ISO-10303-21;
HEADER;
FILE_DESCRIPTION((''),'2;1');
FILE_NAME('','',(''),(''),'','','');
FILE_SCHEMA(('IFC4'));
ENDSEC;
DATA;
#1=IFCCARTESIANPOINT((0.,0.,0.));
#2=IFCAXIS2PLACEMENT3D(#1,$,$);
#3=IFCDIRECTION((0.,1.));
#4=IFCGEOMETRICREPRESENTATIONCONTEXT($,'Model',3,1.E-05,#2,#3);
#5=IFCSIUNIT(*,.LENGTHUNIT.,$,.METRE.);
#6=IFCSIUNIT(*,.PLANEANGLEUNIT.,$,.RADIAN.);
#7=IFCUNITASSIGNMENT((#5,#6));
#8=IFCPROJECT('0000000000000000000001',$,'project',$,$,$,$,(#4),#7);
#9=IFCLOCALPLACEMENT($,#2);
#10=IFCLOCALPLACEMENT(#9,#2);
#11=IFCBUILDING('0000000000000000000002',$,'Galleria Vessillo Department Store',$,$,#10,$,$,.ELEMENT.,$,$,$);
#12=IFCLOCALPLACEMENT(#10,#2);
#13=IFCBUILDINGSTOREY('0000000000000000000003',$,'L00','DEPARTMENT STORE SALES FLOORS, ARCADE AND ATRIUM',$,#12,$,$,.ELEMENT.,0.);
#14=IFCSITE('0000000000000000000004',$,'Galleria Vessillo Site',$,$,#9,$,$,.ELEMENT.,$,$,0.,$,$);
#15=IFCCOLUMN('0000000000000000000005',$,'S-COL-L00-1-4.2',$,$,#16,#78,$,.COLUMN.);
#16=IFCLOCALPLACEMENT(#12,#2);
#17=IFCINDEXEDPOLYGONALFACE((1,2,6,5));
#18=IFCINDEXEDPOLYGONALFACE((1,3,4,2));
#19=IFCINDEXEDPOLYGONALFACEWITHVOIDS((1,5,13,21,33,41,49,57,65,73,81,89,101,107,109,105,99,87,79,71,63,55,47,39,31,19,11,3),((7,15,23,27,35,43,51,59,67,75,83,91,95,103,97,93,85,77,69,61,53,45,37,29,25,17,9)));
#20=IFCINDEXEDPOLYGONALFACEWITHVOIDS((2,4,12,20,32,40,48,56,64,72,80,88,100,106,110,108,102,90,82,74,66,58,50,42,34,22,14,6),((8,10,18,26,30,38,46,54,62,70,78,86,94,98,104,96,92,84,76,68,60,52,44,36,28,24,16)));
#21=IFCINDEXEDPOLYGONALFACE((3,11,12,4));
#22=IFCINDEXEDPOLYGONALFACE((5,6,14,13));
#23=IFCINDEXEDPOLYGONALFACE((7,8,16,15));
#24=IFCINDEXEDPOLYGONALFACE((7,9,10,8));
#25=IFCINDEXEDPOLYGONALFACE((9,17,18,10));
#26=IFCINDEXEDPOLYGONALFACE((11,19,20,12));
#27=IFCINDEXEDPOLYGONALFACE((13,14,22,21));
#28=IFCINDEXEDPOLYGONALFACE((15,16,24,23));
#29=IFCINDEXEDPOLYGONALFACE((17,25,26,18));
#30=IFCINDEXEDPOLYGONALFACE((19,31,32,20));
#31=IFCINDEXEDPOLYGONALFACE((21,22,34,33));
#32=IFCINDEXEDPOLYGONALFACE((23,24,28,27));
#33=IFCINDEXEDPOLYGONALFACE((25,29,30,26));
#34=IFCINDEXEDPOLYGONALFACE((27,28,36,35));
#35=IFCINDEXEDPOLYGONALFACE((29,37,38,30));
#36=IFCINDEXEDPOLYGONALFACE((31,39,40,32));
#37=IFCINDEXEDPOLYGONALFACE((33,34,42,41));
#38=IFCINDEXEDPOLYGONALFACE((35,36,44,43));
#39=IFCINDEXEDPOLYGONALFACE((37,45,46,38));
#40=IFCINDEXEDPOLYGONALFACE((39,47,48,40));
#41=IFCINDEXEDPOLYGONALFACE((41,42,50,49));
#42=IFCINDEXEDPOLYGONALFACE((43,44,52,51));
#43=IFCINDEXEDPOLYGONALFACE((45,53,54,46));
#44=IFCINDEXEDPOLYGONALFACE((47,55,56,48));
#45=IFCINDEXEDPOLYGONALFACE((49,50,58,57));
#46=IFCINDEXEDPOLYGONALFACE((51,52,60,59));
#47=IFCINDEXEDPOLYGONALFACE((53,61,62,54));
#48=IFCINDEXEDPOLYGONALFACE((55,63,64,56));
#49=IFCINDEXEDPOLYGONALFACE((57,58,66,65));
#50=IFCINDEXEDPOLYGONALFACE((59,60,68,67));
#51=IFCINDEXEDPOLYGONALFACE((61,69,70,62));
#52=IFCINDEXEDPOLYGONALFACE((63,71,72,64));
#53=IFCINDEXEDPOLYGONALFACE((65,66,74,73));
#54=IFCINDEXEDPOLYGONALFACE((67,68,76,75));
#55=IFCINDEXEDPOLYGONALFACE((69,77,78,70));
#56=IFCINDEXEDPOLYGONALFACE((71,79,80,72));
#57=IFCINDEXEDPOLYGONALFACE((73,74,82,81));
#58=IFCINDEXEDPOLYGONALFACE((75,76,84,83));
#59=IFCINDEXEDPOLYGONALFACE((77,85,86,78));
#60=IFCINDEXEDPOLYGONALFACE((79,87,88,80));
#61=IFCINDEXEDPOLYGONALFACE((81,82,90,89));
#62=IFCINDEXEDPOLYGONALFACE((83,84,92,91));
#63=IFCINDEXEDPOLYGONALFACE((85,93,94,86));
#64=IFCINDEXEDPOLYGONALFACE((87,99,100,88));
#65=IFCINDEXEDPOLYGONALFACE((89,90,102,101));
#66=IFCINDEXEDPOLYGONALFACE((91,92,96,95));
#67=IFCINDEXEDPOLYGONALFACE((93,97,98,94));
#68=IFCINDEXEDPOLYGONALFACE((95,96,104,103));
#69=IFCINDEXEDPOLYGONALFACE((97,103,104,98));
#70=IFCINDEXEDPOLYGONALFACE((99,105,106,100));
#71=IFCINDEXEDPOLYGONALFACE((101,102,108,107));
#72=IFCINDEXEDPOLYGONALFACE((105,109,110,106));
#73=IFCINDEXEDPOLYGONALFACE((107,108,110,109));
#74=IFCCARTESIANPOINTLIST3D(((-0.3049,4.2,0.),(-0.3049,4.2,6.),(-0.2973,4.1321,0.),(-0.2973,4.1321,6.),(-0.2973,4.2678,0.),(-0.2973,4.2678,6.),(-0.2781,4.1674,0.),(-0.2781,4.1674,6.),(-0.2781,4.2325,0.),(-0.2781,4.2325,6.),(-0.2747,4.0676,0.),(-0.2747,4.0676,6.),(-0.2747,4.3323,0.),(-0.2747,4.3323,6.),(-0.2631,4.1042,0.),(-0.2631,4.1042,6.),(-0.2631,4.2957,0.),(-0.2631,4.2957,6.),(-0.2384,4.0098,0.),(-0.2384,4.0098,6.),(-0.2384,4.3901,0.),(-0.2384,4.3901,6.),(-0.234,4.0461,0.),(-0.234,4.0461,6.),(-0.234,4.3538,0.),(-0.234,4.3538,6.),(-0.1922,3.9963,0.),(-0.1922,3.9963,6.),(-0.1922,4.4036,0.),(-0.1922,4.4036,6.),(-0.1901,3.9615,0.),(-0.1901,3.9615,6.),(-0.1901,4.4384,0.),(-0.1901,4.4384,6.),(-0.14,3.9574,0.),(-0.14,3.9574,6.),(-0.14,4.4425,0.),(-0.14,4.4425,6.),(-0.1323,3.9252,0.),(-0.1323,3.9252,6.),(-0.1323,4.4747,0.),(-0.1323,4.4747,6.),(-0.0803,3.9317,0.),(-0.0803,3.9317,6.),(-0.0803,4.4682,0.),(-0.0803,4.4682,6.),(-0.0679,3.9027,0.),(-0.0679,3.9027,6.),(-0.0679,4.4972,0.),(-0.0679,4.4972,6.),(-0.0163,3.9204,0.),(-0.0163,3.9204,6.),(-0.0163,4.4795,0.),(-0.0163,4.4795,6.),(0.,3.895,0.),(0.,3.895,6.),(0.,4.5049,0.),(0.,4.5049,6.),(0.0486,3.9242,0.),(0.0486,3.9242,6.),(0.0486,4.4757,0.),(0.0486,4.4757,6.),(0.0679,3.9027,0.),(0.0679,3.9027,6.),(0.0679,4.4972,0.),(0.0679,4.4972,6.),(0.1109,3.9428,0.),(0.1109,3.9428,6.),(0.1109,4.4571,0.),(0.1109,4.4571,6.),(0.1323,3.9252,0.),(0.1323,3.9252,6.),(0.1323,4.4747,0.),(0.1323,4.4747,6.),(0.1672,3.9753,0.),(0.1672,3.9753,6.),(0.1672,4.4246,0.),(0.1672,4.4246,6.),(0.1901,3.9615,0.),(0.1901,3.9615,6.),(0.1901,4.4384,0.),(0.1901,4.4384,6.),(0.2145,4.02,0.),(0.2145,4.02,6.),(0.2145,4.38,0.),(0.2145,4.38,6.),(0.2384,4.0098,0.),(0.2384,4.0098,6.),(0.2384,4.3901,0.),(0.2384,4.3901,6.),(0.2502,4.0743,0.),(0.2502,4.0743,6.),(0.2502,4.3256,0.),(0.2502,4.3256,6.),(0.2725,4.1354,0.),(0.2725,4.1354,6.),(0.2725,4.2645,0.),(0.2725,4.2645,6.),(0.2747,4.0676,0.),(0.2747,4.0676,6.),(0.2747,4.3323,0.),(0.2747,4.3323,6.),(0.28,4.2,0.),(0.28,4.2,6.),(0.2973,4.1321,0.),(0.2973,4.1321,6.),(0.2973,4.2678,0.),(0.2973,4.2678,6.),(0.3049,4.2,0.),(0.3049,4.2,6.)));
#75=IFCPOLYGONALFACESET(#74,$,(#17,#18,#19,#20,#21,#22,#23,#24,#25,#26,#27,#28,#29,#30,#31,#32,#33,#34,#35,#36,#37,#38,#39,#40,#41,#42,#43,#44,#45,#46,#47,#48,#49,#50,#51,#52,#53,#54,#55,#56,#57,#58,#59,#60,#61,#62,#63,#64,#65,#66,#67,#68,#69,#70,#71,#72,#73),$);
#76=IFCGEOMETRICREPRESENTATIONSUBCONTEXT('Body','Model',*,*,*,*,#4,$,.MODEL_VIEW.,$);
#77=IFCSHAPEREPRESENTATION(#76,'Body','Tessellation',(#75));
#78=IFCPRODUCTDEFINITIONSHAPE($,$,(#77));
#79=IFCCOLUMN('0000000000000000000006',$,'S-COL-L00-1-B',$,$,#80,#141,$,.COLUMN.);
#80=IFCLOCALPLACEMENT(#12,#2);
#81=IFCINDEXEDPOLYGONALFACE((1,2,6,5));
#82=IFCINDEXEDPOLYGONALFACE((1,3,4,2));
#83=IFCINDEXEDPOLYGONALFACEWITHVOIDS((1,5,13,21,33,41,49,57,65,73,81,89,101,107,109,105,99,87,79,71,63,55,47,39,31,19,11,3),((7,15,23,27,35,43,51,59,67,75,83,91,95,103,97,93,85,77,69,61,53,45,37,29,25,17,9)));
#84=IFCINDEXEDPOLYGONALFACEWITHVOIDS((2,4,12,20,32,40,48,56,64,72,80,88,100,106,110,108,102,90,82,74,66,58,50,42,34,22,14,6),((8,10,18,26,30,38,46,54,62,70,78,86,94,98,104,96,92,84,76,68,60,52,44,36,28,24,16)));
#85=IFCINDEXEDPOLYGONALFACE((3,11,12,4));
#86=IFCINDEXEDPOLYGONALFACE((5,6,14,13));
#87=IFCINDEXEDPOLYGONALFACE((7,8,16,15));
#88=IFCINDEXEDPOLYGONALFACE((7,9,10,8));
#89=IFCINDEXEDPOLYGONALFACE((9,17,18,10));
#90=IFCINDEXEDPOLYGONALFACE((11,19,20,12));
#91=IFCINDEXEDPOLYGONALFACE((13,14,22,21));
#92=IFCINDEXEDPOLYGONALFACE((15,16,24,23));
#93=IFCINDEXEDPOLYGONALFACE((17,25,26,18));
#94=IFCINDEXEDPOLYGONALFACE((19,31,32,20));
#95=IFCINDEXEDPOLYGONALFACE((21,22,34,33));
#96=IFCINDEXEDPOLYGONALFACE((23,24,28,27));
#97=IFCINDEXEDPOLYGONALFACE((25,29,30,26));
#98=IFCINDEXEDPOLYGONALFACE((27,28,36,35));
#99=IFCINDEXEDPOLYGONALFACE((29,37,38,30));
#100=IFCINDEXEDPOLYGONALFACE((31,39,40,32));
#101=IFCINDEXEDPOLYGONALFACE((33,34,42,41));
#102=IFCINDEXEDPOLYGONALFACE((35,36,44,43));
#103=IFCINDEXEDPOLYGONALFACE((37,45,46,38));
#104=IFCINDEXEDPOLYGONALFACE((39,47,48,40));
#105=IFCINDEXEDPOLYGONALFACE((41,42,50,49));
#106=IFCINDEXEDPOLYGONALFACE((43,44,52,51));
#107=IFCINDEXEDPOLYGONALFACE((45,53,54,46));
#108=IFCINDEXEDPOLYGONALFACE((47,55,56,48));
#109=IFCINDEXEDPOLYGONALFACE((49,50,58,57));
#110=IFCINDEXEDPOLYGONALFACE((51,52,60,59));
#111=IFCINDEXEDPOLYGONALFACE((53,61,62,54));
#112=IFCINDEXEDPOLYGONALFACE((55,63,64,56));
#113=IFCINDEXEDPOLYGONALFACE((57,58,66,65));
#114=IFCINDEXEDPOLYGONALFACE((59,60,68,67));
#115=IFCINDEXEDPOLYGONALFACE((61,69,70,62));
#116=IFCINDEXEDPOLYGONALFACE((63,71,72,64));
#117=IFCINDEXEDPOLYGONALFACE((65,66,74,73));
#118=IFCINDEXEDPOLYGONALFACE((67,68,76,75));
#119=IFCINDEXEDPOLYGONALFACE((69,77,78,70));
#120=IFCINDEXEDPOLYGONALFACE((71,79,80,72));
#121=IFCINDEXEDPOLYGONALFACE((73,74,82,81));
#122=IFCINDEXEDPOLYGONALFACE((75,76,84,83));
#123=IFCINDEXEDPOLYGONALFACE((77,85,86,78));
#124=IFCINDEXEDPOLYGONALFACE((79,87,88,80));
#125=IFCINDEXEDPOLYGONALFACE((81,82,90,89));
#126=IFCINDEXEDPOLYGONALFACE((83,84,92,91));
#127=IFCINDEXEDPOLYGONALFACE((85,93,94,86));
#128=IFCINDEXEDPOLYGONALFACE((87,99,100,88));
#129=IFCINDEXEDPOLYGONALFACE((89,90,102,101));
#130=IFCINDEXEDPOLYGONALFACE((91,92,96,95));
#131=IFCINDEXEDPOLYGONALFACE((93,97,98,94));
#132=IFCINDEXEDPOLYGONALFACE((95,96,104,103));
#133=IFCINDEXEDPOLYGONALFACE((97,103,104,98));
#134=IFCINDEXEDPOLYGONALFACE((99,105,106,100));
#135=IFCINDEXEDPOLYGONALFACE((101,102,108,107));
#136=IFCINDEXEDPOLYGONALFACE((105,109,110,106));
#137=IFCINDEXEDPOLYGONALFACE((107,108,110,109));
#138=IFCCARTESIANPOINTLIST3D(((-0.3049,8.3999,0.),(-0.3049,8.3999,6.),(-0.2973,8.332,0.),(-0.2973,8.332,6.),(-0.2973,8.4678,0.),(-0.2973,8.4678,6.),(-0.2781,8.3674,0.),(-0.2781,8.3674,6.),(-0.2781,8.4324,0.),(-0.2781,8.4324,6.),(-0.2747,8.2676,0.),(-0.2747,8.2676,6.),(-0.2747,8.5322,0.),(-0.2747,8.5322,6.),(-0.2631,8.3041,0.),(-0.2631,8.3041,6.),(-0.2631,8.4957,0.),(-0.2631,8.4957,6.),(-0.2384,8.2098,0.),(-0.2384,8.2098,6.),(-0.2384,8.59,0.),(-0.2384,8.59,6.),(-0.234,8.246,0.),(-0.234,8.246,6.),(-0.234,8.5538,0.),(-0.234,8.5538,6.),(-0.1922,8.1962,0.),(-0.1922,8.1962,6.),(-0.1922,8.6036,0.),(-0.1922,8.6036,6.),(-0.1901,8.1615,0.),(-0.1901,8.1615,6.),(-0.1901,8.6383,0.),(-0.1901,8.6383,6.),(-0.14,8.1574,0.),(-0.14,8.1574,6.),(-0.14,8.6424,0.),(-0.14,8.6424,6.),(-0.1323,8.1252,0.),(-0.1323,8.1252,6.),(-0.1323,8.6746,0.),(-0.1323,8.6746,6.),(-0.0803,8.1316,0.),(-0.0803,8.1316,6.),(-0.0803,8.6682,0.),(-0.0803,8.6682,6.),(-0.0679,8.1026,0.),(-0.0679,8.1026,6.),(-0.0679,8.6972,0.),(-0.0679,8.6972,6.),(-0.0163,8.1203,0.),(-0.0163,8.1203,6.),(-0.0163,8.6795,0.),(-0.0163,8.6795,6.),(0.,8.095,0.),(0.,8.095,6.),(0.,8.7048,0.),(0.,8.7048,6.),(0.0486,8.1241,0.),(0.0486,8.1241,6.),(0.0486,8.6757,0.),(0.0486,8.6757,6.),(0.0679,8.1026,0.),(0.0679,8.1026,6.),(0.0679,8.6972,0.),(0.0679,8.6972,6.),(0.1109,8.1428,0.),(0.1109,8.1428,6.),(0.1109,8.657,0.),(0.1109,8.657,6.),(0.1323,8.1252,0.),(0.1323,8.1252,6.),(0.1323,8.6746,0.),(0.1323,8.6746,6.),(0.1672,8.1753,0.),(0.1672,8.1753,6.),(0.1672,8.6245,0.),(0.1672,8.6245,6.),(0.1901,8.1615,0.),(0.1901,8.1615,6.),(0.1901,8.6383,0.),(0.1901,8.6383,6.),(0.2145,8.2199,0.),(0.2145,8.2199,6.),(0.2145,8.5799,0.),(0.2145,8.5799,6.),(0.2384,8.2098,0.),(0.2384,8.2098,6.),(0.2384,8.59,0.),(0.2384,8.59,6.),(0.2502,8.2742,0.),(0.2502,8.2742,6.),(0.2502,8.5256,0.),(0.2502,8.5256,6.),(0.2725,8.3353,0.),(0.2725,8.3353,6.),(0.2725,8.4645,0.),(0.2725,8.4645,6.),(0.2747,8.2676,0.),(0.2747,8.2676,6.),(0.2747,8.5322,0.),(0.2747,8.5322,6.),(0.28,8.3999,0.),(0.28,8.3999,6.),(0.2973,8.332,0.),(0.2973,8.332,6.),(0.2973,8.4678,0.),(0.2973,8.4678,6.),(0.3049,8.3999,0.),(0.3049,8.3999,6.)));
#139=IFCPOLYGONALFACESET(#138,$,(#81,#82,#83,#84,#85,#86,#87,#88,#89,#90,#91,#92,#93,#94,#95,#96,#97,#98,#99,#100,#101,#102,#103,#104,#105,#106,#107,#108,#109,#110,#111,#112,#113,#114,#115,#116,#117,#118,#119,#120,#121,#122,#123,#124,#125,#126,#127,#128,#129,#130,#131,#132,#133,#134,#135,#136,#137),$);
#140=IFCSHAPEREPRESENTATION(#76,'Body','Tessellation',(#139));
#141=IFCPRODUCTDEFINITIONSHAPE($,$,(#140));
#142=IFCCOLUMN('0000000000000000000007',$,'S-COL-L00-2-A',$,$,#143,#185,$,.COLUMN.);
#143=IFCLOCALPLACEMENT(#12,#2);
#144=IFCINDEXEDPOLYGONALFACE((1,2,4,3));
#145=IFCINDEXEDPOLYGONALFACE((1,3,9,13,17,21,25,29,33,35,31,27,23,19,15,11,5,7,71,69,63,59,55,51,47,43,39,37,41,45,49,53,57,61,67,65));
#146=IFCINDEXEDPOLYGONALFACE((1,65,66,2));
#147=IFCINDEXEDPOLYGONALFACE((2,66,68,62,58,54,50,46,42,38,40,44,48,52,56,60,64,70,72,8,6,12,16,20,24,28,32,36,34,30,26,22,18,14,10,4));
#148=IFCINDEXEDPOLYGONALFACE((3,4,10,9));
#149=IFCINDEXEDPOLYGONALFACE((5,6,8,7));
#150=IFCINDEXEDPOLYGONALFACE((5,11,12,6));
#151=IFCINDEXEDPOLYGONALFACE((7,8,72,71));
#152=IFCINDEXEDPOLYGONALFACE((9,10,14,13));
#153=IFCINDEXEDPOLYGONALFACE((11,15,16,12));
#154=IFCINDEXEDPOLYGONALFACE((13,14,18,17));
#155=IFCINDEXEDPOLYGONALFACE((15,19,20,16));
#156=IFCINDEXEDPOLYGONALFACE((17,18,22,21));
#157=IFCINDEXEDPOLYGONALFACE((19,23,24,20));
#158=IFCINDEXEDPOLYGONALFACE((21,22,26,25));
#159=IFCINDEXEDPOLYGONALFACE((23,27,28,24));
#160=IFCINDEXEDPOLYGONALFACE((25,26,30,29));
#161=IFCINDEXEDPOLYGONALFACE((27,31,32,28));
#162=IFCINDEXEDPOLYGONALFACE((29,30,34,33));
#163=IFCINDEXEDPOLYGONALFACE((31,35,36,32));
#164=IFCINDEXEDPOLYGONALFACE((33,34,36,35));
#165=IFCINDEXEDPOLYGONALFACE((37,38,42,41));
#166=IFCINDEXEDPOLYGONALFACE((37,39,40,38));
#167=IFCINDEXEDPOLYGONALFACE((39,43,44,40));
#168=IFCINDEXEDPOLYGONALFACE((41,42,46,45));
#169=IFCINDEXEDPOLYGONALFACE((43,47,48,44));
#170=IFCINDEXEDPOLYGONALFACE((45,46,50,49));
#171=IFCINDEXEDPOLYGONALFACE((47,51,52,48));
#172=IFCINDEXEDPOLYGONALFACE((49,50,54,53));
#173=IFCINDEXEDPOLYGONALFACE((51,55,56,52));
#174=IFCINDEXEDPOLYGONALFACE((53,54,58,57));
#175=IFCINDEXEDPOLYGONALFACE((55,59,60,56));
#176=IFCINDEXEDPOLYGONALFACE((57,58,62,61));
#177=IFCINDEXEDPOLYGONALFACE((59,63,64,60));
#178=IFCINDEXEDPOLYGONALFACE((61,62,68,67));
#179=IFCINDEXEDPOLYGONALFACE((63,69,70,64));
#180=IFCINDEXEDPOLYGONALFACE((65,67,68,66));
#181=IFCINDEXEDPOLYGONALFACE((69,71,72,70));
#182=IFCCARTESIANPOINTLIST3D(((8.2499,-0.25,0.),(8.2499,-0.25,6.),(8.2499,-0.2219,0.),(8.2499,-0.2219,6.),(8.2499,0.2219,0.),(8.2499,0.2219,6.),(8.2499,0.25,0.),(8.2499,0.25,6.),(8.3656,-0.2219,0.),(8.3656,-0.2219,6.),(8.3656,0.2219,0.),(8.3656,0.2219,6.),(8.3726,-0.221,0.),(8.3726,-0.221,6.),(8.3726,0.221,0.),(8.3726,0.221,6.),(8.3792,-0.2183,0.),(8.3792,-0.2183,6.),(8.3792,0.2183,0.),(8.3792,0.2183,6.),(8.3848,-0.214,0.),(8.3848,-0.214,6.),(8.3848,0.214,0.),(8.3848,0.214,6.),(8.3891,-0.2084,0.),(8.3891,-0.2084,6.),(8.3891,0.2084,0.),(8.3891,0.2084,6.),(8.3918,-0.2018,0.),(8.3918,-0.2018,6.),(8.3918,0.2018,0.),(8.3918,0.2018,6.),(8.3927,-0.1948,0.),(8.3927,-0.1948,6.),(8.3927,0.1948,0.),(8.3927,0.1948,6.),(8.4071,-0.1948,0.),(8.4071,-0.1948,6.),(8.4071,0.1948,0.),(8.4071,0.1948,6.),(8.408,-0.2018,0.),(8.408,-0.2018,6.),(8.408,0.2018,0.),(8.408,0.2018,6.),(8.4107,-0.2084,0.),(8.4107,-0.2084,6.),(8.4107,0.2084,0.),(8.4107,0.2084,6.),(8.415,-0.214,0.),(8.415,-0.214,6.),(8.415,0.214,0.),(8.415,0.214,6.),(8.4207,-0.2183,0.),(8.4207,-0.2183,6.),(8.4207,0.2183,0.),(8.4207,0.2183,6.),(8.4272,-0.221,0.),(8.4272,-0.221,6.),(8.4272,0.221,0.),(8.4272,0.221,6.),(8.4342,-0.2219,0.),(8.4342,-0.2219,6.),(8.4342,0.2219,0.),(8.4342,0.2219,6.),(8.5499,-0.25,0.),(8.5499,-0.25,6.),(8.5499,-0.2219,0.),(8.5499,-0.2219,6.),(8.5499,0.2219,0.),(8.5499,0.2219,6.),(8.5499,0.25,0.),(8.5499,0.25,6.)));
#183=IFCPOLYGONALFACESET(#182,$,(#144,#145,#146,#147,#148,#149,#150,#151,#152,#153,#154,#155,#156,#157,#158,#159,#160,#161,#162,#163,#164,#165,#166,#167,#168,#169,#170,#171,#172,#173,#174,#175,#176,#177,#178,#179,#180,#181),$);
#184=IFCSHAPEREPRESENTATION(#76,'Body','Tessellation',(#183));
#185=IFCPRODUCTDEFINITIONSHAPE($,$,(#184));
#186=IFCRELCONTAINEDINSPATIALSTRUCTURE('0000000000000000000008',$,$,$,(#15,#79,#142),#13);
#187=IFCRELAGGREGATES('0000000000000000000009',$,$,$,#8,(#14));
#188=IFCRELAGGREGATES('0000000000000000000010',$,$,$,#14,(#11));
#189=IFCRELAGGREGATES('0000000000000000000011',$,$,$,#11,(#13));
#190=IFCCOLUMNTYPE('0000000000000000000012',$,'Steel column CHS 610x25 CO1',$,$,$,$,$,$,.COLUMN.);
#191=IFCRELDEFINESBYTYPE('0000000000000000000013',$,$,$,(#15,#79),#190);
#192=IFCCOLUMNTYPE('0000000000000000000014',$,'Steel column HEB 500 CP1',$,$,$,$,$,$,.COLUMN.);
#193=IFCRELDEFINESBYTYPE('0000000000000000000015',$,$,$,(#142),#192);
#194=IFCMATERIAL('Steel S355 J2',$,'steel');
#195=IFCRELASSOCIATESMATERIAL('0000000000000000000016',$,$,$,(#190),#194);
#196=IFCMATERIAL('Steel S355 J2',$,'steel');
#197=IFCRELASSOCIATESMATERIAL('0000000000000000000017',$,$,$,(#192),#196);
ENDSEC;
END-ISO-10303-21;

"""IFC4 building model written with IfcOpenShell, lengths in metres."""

from ifc_helpers import new_model, si_unit, direction, frame, origin, origin_2d, place, context, subcontext, project, spatial, hollow_circle, i_section, extrude, material, material_profile, profile_set, type_object, element, save


model = new_model("IFC4")

# Units and contexts
model_context = context("Model", 3, precision=1e-05, world=origin(), true_north=direction((0.0, 1.0)))
body_context = subcontext(model_context, "Body", "Model", "MODEL_VIEW")
ifc_project = project(units=[si_unit("LENGTHUNIT", "METRE"), si_unit("PLANEANGLEUNIT", "RADIAN")], contexts=[model_context])

# Site, building, storey
site_placement = place(None, origin())
site = spatial("IfcSite", under=ifc_project, at=site_placement, Name="Galleria Vessillo Site", CompositionType="ELEMENT", RefElevation=0.0)
building_placement = place(site_placement, origin())
building = spatial("IfcBuilding", under=site, at=building_placement, Name="Galleria Vessillo Department Store", CompositionType="ELEMENT")
storey_placement = place(building_placement, origin())
storey = spatial("IfcBuildingStorey", under=building, at=storey_placement, Name="L00", Description="DEPARTMENT STORE SALES FLOORS, ARCADE AND ATRIUM", CompositionType="ELEMENT", Elevation=0.0)

# Columns
ifc_material_1 = material(Name="Steel S355 J2", Category="steel")
ifc_material_profile_1 = material_profile(ifc_material_1, hollow_circle(Radius=0.3049, WallThickness=0.0249, at=origin_2d()), Name="CHS 610x25")
ifc_profile_set_1 = profile_set([ifc_material_profile_1], Name="Steel S355 J2")
column_type_1 = type_object("IfcColumnType", Name="Steel column CHS 610x25 CO1", PredefinedType="COLUMN", material=ifc_profile_set_1)
for number, where, z_axis, x_axis, name in (
    (1, (0.0, 4.2, 0.0), (0.0, 0.0, 1.0), (1.0, 0.0, 0.0), "S-COL-L00-1-4.2"),
    (2, (0.0, 8.3999, 0.0), (0.0, 0.0, 1.0), (1.0, 0.0, 0.0), "S-COL-L00-1-B"),
):
    element("IfcColumn", number, at=place(storey_placement, frame(where, z_axis=z_axis, x_axis=x_axis)), inside=storey, type_object=column_type_1, Name=name, PredefinedType="COLUMN", context=body_context, shape_type="SweptSolid", body=[
        extrude(hollow_circle(Radius=0.3049, WallThickness=0.0249, at=origin_2d()), origin(), (0.0, 0.0, 1.0), 6.0),
    ])
ifc_material_2 = material(Name="Steel S355 J2", Category="steel")
ifc_material_profile_2 = material_profile(ifc_material_2, i_section(OverallWidth=0.3, OverallDepth=0.5, WebThickness=0.0144, FlangeThickness=0.0281, FilletRadius=0.0271, at=origin_2d()), Name="HEB 500")
ifc_profile_set_2 = profile_set([ifc_material_profile_2], Name="Steel S355 J2")
column_type_2 = type_object("IfcColumnType", Name="Steel column HEB 500 CP1", PredefinedType="COLUMN", material=ifc_profile_set_2)
column_placement = place(storey_placement, frame((8.3999, 0.0, 0.0), z_axis=(0.0, 0.0, 1.0), x_axis=(1.0, 0.0, 0.0)))
element("IfcColumn", 3, at=column_placement, inside=storey, type_object=column_type_2, Name="S-COL-L00-2-A", PredefinedType="COLUMN", context=body_context, shape_type="SweptSolid", body=[
    extrude(i_section(OverallWidth=0.3, OverallDepth=0.5, WebThickness=0.0144, FlangeThickness=0.0281, FilletRadius=0.0271, at=origin_2d()), origin(), (0.0, 0.0, 1.0), 6.0),
])

save(model, "model.ifc")
